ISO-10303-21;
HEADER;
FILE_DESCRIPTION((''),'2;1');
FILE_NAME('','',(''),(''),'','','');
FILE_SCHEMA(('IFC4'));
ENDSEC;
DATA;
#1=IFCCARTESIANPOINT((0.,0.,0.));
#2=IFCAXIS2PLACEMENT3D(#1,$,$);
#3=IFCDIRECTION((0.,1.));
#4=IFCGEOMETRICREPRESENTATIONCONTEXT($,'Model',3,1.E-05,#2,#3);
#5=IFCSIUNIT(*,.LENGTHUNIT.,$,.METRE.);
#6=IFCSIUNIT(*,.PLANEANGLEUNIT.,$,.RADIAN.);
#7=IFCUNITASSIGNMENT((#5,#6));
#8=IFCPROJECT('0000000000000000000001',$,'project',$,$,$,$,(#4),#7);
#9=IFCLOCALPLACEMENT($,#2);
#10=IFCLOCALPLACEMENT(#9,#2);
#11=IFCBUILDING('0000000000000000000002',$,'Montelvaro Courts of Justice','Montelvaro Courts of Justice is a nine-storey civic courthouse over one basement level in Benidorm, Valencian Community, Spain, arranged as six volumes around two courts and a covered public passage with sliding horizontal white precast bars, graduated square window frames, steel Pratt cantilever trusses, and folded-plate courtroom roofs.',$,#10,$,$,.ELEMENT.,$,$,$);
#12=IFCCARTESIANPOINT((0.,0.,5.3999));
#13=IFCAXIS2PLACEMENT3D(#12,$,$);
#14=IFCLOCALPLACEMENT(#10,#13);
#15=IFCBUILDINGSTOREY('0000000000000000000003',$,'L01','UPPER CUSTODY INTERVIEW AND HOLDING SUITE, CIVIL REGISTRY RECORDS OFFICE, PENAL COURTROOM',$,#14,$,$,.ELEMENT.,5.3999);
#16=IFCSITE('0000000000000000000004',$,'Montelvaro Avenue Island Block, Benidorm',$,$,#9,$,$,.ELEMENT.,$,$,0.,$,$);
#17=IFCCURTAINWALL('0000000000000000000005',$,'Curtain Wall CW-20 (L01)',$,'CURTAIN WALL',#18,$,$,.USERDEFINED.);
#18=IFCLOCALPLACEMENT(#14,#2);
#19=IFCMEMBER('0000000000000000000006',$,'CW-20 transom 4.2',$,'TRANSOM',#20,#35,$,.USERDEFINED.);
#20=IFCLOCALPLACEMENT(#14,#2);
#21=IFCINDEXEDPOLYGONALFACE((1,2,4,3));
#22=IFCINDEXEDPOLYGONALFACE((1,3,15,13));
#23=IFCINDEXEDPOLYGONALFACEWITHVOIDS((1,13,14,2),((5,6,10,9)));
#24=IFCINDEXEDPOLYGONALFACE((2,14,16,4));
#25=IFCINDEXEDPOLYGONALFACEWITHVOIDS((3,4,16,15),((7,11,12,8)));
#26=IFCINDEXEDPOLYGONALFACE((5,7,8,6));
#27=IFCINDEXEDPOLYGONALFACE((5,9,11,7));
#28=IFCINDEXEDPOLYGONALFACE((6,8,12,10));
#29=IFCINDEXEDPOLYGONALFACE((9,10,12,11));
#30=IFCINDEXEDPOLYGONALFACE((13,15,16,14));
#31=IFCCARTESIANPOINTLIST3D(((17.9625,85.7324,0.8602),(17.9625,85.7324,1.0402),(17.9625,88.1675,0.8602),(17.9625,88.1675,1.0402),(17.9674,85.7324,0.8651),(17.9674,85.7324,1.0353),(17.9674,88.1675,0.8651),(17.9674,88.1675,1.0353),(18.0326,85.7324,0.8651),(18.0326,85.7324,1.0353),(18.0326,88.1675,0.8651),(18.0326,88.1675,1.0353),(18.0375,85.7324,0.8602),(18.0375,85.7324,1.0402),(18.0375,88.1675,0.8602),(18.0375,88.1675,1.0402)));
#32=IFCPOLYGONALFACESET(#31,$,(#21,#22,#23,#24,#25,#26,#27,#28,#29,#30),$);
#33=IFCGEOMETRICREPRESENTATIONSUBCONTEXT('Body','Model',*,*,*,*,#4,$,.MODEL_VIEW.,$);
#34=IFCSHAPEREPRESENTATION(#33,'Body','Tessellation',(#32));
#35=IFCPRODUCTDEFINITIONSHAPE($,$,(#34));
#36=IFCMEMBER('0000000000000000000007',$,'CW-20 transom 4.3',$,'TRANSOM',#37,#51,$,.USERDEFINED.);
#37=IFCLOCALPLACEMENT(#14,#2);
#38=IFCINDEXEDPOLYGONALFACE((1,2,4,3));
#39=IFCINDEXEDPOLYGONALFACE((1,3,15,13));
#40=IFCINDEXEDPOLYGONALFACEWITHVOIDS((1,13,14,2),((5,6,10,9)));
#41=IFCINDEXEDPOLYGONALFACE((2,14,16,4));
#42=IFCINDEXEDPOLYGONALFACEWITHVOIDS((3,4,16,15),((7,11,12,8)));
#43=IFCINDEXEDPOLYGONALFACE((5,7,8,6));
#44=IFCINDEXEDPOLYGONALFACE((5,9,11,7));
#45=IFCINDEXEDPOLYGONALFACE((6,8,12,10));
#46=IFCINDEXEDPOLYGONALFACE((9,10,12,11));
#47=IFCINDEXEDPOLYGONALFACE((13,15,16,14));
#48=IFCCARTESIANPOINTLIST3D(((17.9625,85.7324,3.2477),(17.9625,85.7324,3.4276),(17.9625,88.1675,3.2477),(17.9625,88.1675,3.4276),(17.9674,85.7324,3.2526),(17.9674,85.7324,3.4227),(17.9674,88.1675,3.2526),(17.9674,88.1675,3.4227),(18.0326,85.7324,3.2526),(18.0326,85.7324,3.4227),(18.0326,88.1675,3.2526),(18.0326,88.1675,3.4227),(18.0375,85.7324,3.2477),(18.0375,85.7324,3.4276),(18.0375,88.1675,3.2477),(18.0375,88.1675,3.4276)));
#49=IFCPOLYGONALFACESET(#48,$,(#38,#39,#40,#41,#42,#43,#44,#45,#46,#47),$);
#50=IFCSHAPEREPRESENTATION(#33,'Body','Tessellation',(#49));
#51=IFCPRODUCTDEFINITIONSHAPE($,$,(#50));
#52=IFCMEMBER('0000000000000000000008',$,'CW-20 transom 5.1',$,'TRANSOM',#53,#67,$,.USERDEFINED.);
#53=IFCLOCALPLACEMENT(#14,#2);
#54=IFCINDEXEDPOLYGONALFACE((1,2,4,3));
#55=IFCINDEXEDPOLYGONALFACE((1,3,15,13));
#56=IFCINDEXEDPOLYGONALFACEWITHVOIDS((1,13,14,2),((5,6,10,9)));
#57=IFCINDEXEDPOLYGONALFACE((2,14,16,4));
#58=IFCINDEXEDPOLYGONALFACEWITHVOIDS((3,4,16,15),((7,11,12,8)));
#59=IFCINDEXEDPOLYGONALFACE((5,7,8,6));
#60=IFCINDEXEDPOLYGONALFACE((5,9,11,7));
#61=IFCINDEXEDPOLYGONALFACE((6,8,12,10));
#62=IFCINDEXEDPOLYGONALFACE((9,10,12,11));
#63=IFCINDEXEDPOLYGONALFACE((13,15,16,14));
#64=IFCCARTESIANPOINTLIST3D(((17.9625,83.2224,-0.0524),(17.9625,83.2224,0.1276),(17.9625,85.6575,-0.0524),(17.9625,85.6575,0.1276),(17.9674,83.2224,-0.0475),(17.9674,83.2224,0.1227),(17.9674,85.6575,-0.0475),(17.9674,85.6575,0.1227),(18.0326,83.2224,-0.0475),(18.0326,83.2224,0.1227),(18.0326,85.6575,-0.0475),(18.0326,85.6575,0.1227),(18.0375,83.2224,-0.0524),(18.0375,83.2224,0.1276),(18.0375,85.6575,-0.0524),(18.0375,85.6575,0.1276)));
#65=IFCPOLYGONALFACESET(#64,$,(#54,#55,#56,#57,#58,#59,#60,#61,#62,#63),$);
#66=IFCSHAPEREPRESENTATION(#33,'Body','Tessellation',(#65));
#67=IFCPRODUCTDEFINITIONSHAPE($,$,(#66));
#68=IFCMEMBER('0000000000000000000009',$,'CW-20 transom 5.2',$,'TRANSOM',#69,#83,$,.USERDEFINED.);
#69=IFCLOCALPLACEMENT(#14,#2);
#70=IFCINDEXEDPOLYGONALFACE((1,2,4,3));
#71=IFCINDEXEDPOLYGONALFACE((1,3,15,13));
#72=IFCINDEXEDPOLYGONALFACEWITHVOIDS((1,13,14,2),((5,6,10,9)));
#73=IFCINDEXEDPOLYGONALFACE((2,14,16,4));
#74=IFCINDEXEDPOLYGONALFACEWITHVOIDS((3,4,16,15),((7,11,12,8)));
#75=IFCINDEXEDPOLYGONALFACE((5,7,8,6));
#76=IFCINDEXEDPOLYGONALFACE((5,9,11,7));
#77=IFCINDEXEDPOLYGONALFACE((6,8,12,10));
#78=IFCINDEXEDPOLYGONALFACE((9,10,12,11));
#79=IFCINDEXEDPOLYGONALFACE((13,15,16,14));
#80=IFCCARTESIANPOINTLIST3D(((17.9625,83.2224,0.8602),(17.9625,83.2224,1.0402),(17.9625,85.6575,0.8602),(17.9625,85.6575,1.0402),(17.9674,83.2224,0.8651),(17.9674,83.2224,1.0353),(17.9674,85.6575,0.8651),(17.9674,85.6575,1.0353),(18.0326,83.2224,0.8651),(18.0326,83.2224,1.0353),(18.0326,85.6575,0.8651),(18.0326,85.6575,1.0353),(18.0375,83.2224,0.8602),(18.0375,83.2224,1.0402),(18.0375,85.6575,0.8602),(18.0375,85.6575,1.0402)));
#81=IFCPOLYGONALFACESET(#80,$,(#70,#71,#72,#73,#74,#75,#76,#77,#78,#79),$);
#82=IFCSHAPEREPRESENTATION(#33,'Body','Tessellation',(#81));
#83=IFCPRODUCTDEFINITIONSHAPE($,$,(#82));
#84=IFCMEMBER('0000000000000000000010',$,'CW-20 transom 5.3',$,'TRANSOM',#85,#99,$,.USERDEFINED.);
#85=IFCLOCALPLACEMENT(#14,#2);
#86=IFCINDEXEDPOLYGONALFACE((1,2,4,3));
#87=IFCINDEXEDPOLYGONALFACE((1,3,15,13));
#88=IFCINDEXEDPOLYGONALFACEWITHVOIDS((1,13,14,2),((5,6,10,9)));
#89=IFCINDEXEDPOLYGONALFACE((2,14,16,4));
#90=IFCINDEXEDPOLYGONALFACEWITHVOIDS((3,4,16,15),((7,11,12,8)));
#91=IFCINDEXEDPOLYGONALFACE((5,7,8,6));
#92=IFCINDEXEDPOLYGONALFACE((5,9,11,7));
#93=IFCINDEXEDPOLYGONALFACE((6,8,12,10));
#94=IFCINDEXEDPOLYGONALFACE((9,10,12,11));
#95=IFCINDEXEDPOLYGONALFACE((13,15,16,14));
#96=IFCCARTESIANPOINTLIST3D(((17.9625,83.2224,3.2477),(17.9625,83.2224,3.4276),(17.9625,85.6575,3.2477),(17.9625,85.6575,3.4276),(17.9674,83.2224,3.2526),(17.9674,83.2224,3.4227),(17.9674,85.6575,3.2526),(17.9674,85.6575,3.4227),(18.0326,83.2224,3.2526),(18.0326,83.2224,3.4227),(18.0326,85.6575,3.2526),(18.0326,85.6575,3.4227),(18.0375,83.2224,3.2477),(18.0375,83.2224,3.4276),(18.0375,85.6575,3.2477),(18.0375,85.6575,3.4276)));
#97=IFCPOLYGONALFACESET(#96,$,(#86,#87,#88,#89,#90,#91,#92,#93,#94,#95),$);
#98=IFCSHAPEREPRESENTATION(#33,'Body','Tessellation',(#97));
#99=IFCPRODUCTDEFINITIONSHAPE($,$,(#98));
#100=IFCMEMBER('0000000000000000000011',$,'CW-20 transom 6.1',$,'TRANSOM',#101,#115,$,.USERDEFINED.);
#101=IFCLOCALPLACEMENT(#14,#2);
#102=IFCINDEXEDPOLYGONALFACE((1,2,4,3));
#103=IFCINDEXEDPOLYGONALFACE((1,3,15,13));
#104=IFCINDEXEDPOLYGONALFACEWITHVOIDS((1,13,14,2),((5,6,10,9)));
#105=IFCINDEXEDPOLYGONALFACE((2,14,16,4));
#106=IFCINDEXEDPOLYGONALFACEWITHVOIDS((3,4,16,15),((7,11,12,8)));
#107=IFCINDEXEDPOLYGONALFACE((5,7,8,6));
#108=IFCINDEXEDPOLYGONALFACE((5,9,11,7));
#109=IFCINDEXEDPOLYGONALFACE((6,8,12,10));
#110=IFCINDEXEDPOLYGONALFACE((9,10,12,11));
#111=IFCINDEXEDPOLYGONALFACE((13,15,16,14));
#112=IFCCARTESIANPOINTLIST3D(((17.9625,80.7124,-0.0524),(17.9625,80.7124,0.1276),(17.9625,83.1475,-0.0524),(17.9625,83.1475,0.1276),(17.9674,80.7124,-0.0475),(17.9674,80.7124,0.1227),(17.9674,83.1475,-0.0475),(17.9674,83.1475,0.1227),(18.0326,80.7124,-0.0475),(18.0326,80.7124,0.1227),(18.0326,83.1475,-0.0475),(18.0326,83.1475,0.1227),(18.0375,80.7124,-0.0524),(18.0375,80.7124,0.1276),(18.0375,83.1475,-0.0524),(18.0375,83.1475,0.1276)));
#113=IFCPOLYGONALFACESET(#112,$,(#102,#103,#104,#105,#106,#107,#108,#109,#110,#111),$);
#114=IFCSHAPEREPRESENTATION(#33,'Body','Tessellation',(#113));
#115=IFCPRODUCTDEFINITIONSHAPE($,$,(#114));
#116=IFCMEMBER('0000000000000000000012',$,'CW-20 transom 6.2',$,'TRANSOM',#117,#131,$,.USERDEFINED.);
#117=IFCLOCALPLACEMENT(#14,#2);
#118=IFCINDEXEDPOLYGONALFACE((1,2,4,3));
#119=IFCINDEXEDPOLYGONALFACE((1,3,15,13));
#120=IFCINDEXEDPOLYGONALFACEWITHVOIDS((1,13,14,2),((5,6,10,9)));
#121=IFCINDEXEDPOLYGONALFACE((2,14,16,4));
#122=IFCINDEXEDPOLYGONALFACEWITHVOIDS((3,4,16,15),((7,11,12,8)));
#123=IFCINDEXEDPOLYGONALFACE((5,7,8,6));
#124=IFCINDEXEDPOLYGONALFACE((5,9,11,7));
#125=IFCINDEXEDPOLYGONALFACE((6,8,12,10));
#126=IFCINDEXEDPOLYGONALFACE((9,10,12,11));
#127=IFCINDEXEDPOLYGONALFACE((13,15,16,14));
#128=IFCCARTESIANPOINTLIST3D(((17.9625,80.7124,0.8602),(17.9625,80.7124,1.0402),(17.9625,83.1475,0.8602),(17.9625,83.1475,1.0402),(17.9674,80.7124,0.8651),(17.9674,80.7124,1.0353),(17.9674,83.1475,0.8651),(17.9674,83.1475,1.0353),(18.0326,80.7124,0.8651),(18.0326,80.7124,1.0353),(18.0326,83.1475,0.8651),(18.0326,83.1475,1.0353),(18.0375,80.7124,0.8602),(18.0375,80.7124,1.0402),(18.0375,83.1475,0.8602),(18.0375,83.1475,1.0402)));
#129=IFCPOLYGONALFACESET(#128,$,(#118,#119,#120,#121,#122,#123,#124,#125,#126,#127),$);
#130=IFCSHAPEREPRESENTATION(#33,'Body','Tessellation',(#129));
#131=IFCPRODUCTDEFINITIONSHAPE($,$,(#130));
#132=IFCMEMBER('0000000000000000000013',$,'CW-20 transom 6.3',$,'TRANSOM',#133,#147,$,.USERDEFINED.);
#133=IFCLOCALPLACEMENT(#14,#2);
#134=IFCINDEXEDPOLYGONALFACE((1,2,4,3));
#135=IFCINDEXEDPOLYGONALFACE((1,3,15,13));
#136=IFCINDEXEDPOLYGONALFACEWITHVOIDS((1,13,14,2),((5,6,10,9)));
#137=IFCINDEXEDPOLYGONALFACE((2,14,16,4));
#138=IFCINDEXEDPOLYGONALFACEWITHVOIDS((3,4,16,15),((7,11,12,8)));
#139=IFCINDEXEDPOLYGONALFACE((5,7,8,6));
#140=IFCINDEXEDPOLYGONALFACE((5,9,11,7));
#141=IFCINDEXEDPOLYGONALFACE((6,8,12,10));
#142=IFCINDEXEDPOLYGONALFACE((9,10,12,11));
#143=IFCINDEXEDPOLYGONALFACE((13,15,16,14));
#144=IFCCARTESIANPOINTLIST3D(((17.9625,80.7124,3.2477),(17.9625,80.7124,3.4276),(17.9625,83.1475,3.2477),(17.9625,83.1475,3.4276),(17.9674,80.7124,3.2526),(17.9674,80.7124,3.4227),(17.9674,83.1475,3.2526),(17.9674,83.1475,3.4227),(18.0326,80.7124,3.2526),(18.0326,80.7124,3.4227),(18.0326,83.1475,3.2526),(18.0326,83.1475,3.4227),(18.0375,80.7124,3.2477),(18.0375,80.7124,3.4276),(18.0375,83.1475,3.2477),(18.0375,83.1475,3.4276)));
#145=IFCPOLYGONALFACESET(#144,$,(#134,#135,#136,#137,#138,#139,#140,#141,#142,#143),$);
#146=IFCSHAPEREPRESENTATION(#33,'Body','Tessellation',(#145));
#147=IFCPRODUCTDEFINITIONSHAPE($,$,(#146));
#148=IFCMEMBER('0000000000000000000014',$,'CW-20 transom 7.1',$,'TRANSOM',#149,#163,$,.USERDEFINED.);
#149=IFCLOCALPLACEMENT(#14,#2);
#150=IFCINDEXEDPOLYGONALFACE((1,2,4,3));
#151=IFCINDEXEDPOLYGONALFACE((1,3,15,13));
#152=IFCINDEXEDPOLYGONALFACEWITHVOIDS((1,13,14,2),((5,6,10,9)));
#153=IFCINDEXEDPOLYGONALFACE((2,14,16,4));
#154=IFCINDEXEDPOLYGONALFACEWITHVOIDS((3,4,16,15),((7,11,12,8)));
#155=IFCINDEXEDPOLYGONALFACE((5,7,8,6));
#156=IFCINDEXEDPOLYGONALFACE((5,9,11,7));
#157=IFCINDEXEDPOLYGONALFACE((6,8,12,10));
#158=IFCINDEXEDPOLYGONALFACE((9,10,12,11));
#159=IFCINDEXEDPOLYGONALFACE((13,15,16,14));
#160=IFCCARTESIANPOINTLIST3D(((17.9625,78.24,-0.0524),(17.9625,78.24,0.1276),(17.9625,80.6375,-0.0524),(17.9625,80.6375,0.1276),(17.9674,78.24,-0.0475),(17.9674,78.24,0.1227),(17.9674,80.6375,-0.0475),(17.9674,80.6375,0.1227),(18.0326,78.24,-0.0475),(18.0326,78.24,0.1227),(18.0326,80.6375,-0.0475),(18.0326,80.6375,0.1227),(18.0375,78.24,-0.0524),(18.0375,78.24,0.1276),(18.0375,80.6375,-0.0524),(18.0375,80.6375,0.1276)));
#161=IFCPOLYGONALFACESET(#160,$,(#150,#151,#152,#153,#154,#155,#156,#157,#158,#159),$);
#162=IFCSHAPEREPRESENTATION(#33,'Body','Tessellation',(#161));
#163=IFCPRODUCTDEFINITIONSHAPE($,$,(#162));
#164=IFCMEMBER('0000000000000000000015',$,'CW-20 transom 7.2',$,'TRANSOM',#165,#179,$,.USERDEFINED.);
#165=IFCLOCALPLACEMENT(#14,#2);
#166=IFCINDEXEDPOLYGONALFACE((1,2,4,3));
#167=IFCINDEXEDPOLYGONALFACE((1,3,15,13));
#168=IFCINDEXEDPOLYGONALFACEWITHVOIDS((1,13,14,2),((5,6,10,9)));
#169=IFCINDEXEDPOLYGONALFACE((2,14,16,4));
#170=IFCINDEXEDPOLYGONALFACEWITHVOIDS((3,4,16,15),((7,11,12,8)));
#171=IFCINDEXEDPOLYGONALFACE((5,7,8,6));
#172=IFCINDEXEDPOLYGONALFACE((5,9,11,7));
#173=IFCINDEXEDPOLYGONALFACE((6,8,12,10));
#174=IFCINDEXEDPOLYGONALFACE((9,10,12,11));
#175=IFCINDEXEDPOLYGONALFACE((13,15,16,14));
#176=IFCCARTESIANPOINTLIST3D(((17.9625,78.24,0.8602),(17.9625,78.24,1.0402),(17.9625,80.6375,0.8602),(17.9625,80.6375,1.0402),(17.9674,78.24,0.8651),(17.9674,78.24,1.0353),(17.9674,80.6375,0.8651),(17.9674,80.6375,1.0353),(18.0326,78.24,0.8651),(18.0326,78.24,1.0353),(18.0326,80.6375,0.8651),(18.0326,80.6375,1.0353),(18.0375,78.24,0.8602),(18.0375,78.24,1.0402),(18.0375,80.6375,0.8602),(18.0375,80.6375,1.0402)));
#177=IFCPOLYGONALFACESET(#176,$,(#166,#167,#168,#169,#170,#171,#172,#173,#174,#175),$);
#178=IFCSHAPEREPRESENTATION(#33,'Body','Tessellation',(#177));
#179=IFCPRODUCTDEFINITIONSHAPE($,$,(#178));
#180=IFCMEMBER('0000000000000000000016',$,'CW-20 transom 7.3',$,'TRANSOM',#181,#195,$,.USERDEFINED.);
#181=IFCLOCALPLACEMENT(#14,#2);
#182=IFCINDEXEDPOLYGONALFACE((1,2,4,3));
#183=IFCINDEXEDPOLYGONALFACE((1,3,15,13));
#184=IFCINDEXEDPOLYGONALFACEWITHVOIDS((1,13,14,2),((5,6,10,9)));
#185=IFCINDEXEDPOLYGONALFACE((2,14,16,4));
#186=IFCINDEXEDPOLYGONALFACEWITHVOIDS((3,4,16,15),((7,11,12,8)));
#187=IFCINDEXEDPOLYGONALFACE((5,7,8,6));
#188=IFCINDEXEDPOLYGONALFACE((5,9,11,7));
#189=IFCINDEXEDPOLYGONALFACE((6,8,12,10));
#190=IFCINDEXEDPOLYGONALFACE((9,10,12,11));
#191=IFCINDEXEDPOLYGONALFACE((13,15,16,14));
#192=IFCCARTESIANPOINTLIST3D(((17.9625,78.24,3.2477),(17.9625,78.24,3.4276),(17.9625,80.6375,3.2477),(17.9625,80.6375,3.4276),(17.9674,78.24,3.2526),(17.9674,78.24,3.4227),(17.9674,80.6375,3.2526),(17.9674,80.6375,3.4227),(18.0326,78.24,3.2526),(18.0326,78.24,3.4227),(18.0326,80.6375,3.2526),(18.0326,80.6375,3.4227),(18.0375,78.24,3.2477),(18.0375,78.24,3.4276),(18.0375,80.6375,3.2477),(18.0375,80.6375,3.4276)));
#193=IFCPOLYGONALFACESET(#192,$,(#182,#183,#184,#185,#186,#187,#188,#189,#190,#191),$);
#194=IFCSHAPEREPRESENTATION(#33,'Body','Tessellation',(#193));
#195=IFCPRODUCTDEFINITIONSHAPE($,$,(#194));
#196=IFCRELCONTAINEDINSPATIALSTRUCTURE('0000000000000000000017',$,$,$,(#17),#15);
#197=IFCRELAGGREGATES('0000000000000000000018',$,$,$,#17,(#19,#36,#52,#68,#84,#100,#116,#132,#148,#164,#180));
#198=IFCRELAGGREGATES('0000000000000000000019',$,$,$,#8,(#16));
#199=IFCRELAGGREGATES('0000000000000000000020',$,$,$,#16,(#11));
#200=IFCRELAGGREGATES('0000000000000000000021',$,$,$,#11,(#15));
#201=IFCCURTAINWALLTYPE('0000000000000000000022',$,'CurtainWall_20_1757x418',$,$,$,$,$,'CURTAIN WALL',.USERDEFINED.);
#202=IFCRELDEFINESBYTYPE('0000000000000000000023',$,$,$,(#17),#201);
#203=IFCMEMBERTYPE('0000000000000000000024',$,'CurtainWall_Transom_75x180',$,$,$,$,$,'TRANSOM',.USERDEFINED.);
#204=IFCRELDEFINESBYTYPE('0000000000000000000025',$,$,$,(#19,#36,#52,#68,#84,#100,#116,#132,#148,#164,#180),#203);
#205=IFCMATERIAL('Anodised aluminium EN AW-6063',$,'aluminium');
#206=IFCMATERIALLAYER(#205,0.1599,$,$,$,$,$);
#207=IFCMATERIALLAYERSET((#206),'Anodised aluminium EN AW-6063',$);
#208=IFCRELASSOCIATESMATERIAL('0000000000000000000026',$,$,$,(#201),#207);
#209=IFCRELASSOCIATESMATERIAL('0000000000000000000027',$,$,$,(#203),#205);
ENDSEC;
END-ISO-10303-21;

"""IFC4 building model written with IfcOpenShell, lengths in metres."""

from ifc_helpers import new_model, si_unit, direction, frame, origin, origin_2d, place, context, subcontext, project, spatial, hollow_rectangle, extrude, material, layer, layer_set, material_profile, profile_set, type_object, element, aggregate, save


model = new_model("IFC4")

# Units and contexts
model_context = context("Model", 3, precision=1e-05, world=origin(), true_north=direction((0.0, 1.0)))
body_context = subcontext(model_context, "Body", "Model", "MODEL_VIEW")
ifc_project = project(units=[si_unit("LENGTHUNIT", "METRE"), si_unit("PLANEANGLEUNIT", "RADIAN")], contexts=[model_context])

# Site, building, storey
site_placement = place(None, origin())
site = spatial("IfcSite", under=ifc_project, at=site_placement, Name="Montelvaro Avenue Island Block, Benidorm", CompositionType="ELEMENT", RefElevation=0.0)
building_placement = place(site_placement, origin())
building = spatial("IfcBuilding", under=site, at=building_placement, Name="Montelvaro Courts of Justice", Description="Montelvaro Courts of Justice is a nine-storey civic courthouse over one basement level in Benidorm, Valencian Community, Spain, arranged as six volumes around two courts and a covered public passage with sliding horizontal white precast bars, graduated square window frames, steel Pratt cantilever trusses, and folded-plate courtroom roofs.", CompositionType="ELEMENT")
storey_placement = place(building_placement, frame((0.0, 0.0, 5.3999)))
storey = spatial("IfcBuildingStorey", under=building, at=storey_placement, Name="L01", Description="UPPER CUSTODY INTERVIEW AND HOLDING SUITE, CIVIL REGISTRY RECORDS OFFICE, PENAL COURTROOM", CompositionType="ELEMENT", Elevation=5.3999)

# Curtain wall, members
ifc_material_1 = material(Name="Anodised aluminium EN AW-6063", Category="aluminium")
ifc_layer_1 = layer(ifc_material_1, 0.1599)
ifc_layer_set_1 = layer_set([ifc_layer_1], Name="Anodised aluminium EN AW-6063")
curtain_wall_type = type_object("IfcCurtainWallType", Name="CurtainWall_20_1757x418", ElementType="CURTAIN WALL", PredefinedType="USERDEFINED", material=ifc_layer_set_1)
curtain_wall_placement = place(storey_placement, origin())
curtain_wall = element("IfcCurtainWall", 1, at=curtain_wall_placement, inside=storey, type_object=curtain_wall_type, Name="Curtain Wall CW-20 (L01)", ObjectType="CURTAIN WALL", PredefinedType="USERDEFINED")
ifc_material_profile_1 = material_profile(ifc_material_1, hollow_rectangle(XDim=0.075, YDim=0.1799, WallThickness=0.0049, at=origin_2d()), Name="ALU-T 75x180")
ifc_profile_set_1 = profile_set([ifc_material_profile_1], Name="Anodised aluminium EN AW-6063")
member_type_1 = type_object("IfcMemberType", Name="CurtainWall_Transom_75x180", ElementType="TRANSOM", PredefinedType="USERDEFINED", material=ifc_profile_set_1)
member_1_placement = place(storey_placement, frame((18.0, 88.1675, 0.9502), z_axis=(0.0, -1.0, 0.0), x_axis=(1.0, 0.0, 0.0)))
member_1 = element("IfcMember", 2, at=member_1_placement, type_object=member_type_1, Name="CW-20 transom 4.2", ObjectType="TRANSOM", PredefinedType="USERDEFINED", context=body_context, shape_type="SweptSolid", body=[
    extrude(hollow_rectangle(XDim=0.075, YDim=0.1799, WallThickness=0.0049, at=origin_2d()), origin(), (0.0, 0.0, 1.0), 2.4351),
])
member_2_placement = place(storey_placement, frame((18.0, 88.1675, 3.3376), z_axis=(0.0, -1.0, 0.0), x_axis=(1.0, 0.0, 0.0)))
member_2 = element("IfcMember", 3, at=member_2_placement, type_object=member_type_1, Name="CW-20 transom 4.3", ObjectType="TRANSOM", PredefinedType="USERDEFINED", context=body_context, shape_type="SweptSolid", body=[
    extrude(hollow_rectangle(XDim=0.075, YDim=0.1799, WallThickness=0.0049, at=origin_2d()), origin(), (0.0, 0.0, 1.0), 2.4351),
])
member_3_placement = place(storey_placement, frame((18.0, 85.6575, 0.0376), z_axis=(0.0, -1.0, 0.0), x_axis=(1.0, 0.0, 0.0)))
member_3 = element("IfcMember", 4, at=member_3_placement, type_object=member_type_1, Name="CW-20 transom 5.1", ObjectType="TRANSOM", PredefinedType="USERDEFINED", context=body_context, shape_type="SweptSolid", body=[
    extrude(hollow_rectangle(XDim=0.075, YDim=0.1799, WallThickness=0.0049, at=origin_2d()), origin(), (0.0, 0.0, 1.0), 2.4351),
])
member_4_placement = place(storey_placement, frame((18.0, 85.6575, 0.9502), z_axis=(0.0, -1.0, 0.0), x_axis=(1.0, 0.0, 0.0)))
member_4 = element("IfcMember", 5, at=member_4_placement, type_object=member_type_1, Name="CW-20 transom 5.2", ObjectType="TRANSOM", PredefinedType="USERDEFINED", context=body_context, shape_type="SweptSolid", body=[
    extrude(hollow_rectangle(XDim=0.075, YDim=0.1799, WallThickness=0.0049, at=origin_2d()), origin(), (0.0, 0.0, 1.0), 2.4351),
])
member_5_placement = place(storey_placement, frame((18.0, 85.6575, 3.3376), z_axis=(0.0, -1.0, 0.0), x_axis=(1.0, 0.0, 0.0)))
member_5 = element("IfcMember", 6, at=member_5_placement, type_object=member_type_1, Name="CW-20 transom 5.3", ObjectType="TRANSOM", PredefinedType="USERDEFINED", context=body_context, shape_type="SweptSolid", body=[
    extrude(hollow_rectangle(XDim=0.075, YDim=0.1799, WallThickness=0.0049, at=origin_2d()), origin(), (0.0, 0.0, 1.0), 2.4351),
])
member_6_placement = place(storey_placement, frame((18.0, 83.1475, 0.0376), z_axis=(0.0, -1.0, 0.0), x_axis=(1.0, 0.0, 0.0)))
member_6 = element("IfcMember", 7, at=member_6_placement, type_object=member_type_1, Name="CW-20 transom 6.1", ObjectType="TRANSOM", PredefinedType="USERDEFINED", context=body_context, shape_type="SweptSolid", body=[
    extrude(hollow_rectangle(XDim=0.075, YDim=0.1799, WallThickness=0.0049, at=origin_2d()), origin(), (0.0, 0.0, 1.0), 2.4351),
])
member_7_placement = place(storey_placement, frame((18.0, 83.1475, 0.9502), z_axis=(0.0, -1.0, 0.0), x_axis=(1.0, 0.0, 0.0)))
member_7 = element("IfcMember", 8, at=member_7_placement, type_object=member_type_1, Name="CW-20 transom 6.2", ObjectType="TRANSOM", PredefinedType="USERDEFINED", context=body_context, shape_type="SweptSolid", body=[
    extrude(hollow_rectangle(XDim=0.075, YDim=0.1799, WallThickness=0.0049, at=origin_2d()), origin(), (0.0, 0.0, 1.0), 2.4351),
])
member_8_placement = place(storey_placement, frame((18.0, 83.1475, 3.3376), z_axis=(0.0, -1.0, 0.0), x_axis=(1.0, 0.0, 0.0)))
member_8 = element("IfcMember", 9, at=member_8_placement, type_object=member_type_1, Name="CW-20 transom 6.3", ObjectType="TRANSOM", PredefinedType="USERDEFINED", context=body_context, shape_type="SweptSolid", body=[
    extrude(hollow_rectangle(XDim=0.075, YDim=0.1799, WallThickness=0.0049, at=origin_2d()), origin(), (0.0, 0.0, 1.0), 2.4351),
])
member_9_placement = place(storey_placement, frame((18.0, 80.6375, 0.0376), z_axis=(0.0, -1.0, 0.0), x_axis=(1.0, 0.0, 0.0)))
member_9 = element("IfcMember", 10, at=member_9_placement, type_object=member_type_1, Name="CW-20 transom 7.1", ObjectType="TRANSOM", PredefinedType="USERDEFINED", context=body_context, shape_type="SweptSolid", body=[
    extrude(hollow_rectangle(XDim=0.075, YDim=0.1799, WallThickness=0.0049, at=origin_2d()), origin(), (0.0, 0.0, 1.0), 2.3975),
])
member_10_placement = place(storey_placement, frame((18.0, 80.6375, 0.9502), z_axis=(0.0, -1.0, 0.0), x_axis=(1.0, 0.0, 0.0)))
member_10 = element("IfcMember", 11, at=member_10_placement, type_object=member_type_1, Name="CW-20 transom 7.2", ObjectType="TRANSOM", PredefinedType="USERDEFINED", context=body_context, shape_type="SweptSolid", body=[
    extrude(hollow_rectangle(XDim=0.075, YDim=0.1799, WallThickness=0.0049, at=origin_2d()), origin(), (0.0, 0.0, 1.0), 2.3975),
])
member_11_placement = place(storey_placement, frame((18.0, 80.6375, 3.3376), z_axis=(0.0, -1.0, 0.0), x_axis=(1.0, 0.0, 0.0)))
member_11 = element("IfcMember", 12, at=member_11_placement, type_object=member_type_1, Name="CW-20 transom 7.3", ObjectType="TRANSOM", PredefinedType="USERDEFINED", context=body_context, shape_type="SweptSolid", body=[
    extrude(hollow_rectangle(XDim=0.075, YDim=0.1799, WallThickness=0.0049, at=origin_2d()), origin(), (0.0, 0.0, 1.0), 2.3975),
])
aggregate(curtain_wall, [member_1, member_2, member_3, member_4, member_5, member_6, member_7, member_8, member_9, member_10, member_11])

save(model, "model.ifc")
